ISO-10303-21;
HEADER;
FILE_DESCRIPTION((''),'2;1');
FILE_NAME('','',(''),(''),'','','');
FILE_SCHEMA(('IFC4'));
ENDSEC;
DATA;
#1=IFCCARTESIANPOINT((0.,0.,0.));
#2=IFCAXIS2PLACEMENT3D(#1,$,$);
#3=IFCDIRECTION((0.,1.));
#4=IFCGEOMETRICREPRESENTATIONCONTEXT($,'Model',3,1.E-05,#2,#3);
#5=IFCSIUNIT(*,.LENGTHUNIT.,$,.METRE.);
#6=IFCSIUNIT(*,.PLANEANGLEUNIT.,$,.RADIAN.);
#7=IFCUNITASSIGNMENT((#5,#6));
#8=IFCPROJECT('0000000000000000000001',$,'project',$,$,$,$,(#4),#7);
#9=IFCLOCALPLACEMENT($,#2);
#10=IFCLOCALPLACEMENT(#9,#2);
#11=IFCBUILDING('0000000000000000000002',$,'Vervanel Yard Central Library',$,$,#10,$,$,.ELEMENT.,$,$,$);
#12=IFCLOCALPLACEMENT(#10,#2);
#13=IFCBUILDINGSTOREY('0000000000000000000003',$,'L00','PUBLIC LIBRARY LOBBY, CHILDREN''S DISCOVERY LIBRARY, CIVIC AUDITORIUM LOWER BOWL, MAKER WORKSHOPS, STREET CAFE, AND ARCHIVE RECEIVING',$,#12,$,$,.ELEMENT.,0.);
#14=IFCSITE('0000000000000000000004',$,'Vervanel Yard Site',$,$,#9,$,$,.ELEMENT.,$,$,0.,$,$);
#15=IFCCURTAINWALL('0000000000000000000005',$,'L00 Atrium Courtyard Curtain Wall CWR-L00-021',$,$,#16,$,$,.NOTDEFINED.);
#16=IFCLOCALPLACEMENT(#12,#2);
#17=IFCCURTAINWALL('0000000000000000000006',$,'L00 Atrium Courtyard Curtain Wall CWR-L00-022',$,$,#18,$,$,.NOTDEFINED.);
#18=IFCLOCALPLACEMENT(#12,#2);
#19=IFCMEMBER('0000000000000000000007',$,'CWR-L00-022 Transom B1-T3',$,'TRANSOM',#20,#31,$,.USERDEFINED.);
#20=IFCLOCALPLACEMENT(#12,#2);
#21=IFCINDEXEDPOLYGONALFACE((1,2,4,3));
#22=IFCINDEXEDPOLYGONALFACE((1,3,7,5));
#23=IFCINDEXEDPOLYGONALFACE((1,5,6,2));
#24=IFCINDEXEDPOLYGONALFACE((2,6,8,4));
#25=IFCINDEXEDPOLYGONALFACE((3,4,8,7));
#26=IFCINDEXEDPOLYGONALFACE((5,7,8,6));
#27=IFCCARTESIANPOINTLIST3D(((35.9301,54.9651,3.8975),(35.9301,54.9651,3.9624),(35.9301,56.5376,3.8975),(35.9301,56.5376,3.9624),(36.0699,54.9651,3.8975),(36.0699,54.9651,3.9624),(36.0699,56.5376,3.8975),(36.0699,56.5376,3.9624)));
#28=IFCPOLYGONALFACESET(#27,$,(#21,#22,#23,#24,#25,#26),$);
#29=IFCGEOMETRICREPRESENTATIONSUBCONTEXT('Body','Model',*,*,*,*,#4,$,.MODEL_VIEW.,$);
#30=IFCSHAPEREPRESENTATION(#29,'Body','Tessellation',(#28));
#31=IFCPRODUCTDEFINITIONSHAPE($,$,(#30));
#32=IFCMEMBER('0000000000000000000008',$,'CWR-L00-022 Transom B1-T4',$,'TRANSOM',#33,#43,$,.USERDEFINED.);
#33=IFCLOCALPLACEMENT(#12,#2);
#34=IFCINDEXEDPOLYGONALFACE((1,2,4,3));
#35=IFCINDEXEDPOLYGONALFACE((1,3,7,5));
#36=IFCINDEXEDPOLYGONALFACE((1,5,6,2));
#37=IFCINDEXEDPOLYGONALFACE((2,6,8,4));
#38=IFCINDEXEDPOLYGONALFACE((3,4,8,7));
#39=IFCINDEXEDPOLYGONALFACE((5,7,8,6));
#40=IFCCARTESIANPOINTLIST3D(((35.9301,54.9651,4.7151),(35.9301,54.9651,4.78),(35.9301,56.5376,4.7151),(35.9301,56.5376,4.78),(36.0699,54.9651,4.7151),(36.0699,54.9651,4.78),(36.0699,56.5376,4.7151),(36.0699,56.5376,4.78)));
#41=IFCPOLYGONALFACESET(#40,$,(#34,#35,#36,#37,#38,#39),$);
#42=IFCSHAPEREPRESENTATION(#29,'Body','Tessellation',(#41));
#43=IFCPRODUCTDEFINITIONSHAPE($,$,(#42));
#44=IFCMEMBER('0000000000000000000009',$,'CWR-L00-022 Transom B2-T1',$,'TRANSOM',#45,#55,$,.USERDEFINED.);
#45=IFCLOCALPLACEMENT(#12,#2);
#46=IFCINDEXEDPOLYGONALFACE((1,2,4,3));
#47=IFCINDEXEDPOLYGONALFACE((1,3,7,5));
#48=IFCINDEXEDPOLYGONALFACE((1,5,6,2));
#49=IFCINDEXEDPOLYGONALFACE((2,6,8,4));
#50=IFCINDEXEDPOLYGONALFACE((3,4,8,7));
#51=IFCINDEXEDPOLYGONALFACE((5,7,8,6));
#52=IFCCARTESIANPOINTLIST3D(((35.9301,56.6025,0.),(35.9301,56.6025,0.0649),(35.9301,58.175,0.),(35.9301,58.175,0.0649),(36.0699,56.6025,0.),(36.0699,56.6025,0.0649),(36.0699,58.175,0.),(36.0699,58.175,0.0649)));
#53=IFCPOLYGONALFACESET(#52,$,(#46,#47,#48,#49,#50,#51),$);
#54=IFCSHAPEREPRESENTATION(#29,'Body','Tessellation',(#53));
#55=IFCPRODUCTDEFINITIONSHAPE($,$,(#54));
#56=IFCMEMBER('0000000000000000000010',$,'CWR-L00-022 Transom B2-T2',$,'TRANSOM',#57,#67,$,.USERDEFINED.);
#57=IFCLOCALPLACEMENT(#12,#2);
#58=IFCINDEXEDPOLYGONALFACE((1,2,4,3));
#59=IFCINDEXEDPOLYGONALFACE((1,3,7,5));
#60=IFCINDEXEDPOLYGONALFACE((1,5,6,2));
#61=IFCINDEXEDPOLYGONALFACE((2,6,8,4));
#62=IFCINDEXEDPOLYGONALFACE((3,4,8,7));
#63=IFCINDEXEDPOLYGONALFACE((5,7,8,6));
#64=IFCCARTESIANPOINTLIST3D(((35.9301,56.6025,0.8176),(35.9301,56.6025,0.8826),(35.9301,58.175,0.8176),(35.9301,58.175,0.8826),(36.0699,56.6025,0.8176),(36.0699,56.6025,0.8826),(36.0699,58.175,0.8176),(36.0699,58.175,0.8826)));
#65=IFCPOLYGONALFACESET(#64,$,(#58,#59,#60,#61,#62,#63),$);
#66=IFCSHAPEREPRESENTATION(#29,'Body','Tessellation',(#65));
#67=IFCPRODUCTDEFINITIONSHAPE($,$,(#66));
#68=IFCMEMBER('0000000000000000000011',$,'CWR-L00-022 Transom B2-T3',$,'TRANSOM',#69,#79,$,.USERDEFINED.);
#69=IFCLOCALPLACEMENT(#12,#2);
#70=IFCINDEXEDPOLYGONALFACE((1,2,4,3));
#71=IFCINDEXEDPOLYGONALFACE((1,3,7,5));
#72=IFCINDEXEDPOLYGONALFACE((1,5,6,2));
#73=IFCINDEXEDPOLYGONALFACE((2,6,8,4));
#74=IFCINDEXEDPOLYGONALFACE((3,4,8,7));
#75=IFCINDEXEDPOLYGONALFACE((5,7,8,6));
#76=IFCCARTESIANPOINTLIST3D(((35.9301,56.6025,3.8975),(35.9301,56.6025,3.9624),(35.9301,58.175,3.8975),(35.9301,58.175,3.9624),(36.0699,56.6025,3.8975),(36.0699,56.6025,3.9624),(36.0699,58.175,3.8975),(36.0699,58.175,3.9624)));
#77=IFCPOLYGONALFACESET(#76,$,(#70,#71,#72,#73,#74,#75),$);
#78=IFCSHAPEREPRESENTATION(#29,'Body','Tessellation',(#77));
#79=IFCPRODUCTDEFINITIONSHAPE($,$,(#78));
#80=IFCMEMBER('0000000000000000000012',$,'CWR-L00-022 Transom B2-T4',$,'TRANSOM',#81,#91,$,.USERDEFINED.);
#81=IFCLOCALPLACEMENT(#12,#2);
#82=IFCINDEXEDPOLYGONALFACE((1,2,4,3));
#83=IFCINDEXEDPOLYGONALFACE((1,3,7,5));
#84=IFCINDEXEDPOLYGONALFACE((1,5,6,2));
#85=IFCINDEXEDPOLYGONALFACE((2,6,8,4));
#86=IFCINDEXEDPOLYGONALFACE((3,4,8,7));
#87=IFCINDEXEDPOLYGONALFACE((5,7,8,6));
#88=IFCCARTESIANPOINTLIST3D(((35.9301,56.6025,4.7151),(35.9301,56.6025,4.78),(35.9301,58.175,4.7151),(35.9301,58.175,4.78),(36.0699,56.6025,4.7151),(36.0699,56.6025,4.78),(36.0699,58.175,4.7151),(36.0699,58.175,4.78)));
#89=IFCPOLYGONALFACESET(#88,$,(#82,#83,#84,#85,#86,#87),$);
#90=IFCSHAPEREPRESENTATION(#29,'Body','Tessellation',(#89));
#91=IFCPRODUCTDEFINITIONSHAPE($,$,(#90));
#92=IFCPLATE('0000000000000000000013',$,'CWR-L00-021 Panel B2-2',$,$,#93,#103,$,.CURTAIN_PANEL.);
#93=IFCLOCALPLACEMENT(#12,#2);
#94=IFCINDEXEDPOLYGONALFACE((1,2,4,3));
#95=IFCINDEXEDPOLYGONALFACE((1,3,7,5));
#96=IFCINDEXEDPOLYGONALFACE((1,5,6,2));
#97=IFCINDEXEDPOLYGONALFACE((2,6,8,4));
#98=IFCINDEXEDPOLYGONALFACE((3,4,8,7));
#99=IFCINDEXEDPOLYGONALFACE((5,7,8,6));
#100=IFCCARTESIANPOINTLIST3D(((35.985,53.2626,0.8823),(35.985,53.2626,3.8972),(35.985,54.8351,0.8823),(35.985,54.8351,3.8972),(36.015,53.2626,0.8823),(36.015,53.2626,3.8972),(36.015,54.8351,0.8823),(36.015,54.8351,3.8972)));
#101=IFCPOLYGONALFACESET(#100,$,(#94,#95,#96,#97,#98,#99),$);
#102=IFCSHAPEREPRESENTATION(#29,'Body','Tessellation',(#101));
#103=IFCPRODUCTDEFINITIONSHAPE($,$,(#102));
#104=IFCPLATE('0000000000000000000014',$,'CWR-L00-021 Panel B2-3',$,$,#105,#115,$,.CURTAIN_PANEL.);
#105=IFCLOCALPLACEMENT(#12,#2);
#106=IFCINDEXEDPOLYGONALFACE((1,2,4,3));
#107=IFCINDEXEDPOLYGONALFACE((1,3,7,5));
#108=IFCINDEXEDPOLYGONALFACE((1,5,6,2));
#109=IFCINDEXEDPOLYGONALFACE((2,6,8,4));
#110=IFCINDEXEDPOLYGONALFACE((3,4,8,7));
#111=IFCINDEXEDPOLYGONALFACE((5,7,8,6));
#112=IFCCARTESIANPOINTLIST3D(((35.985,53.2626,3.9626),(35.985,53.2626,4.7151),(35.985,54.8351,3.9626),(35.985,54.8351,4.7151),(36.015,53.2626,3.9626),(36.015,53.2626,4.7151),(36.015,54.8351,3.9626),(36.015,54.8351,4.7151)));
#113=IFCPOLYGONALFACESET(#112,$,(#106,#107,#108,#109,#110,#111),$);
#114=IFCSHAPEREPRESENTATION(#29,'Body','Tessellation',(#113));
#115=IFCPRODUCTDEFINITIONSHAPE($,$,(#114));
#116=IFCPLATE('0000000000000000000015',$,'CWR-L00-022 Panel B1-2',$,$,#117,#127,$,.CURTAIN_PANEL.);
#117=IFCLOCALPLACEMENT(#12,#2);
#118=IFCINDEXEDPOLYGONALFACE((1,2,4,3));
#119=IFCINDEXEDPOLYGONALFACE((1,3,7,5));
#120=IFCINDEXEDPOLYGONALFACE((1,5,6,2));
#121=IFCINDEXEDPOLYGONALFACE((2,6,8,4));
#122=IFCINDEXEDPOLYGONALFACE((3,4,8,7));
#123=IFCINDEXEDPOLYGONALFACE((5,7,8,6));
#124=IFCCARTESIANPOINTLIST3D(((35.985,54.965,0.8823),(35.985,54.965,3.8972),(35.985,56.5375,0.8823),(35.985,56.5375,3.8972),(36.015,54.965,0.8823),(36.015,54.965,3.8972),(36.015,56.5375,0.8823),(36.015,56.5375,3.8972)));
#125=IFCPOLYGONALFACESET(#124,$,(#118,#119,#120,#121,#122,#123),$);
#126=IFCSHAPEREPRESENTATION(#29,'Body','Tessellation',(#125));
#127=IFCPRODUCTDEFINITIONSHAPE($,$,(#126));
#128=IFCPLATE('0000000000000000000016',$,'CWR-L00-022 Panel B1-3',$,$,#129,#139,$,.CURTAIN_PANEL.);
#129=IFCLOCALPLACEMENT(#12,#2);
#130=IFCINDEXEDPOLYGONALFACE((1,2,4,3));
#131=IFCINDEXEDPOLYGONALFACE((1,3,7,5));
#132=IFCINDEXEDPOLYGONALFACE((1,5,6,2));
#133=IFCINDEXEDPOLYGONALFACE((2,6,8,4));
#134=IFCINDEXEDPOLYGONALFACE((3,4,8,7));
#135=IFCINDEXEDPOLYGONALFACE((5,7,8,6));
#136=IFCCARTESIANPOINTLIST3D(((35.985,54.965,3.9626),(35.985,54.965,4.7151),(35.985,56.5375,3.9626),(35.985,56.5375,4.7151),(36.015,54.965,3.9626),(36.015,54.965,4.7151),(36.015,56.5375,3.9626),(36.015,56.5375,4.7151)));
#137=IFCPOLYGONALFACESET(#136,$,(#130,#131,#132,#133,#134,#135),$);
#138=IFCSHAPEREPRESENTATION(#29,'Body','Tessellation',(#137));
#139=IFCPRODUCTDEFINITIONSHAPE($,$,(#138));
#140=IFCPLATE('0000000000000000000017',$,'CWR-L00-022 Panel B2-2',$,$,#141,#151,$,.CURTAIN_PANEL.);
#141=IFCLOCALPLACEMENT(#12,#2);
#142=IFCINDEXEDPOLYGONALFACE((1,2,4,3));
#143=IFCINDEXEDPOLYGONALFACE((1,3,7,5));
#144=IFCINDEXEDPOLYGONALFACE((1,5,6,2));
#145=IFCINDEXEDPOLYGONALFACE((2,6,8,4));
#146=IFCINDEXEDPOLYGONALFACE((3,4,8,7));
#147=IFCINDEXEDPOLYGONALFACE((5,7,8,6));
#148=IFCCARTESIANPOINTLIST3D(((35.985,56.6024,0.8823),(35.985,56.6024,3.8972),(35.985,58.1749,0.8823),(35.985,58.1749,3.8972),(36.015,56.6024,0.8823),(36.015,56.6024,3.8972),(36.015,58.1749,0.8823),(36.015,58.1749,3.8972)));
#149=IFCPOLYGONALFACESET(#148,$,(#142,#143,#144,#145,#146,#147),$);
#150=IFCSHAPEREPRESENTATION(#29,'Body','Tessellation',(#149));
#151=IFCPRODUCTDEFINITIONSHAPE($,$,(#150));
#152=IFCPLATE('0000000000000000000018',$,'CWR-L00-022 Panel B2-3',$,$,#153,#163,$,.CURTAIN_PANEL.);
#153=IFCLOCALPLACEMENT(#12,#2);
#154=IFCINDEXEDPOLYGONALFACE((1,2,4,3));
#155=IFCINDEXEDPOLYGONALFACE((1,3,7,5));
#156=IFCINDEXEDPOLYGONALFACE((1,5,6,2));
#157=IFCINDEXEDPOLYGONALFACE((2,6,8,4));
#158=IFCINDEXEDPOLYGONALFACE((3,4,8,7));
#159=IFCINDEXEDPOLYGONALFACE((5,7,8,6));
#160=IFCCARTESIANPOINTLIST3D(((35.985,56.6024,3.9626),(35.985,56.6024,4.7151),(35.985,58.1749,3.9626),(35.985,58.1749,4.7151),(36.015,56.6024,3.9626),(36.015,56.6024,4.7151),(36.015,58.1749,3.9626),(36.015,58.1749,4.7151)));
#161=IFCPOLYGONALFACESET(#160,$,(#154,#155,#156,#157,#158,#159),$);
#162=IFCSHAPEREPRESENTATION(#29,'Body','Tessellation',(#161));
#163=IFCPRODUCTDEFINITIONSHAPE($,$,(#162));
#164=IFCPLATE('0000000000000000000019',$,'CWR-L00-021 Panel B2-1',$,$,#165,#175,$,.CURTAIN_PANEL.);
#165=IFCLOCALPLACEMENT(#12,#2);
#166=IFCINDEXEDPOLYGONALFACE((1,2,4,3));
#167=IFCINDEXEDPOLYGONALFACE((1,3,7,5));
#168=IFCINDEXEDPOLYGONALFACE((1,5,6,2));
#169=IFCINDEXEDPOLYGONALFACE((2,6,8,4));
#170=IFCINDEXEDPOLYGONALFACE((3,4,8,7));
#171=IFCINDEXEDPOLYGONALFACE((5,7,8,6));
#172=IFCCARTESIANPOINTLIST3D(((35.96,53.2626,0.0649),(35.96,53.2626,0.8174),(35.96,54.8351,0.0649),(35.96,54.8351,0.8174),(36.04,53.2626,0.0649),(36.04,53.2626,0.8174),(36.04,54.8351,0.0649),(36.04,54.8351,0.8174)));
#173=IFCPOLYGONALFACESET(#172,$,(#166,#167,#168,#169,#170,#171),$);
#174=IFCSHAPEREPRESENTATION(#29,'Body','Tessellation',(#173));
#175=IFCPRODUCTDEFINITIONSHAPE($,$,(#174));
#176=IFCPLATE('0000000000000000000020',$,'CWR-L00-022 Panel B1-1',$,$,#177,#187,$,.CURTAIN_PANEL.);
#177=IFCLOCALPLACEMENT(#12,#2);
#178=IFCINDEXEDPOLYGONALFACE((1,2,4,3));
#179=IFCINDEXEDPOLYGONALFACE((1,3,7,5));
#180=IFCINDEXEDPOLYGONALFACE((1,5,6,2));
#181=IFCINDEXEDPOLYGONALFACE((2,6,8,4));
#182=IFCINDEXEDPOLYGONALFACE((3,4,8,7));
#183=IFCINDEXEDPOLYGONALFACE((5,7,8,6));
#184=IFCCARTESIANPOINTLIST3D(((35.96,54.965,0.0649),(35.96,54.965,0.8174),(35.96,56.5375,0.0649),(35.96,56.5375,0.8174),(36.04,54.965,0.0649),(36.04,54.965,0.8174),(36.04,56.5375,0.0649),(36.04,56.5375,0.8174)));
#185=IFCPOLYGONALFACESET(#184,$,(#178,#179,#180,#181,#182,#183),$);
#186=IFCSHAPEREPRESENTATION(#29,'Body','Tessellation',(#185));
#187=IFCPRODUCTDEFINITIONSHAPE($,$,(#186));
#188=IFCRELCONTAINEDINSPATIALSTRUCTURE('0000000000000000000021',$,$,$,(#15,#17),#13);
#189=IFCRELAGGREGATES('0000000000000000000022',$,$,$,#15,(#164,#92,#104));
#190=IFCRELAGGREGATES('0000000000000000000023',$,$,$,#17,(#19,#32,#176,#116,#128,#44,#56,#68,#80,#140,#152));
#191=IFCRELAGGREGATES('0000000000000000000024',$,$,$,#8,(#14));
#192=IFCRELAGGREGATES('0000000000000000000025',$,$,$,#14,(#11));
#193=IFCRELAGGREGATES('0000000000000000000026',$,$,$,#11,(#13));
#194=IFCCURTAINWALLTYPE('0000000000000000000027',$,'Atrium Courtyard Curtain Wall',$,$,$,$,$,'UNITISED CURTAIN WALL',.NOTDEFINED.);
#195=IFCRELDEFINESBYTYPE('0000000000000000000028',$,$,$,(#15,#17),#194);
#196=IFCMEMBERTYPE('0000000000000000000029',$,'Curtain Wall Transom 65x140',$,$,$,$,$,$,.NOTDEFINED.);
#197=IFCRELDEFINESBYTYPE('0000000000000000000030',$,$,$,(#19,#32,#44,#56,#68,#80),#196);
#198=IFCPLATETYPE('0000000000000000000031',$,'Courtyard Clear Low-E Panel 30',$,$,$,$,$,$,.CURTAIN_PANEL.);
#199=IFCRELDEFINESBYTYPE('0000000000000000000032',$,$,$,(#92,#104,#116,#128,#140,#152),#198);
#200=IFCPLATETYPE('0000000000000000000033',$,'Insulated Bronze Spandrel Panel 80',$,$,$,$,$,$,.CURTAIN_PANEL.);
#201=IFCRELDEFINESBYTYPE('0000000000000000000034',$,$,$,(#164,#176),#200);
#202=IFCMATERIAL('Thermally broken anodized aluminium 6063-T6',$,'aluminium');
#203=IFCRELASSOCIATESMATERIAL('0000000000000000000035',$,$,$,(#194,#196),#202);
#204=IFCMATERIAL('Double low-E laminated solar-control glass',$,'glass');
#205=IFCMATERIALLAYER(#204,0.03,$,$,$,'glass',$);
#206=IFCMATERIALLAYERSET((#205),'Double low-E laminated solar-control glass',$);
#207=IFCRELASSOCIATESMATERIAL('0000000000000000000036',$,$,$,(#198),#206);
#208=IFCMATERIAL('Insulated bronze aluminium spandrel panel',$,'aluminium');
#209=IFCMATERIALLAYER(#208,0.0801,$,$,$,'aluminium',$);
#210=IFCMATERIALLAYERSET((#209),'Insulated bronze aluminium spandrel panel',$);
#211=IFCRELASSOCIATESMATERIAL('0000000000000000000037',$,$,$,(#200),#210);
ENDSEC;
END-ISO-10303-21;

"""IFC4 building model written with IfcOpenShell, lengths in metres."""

from ifc_helpers import new_model, si_unit, direction, frame, origin, origin_2d, place, context, subcontext, project, spatial, rectangle, extrude, material, layer, layer_set, material_profile, profile_set, type_object, element, aggregate, save


model = new_model("IFC4")

# Units and contexts
model_context = context("Model", 3, precision=1e-05, world=origin(), true_north=direction((0.0, 1.0)))
body_context = subcontext(model_context, "Body", "Model", "MODEL_VIEW")
ifc_project = project(units=[si_unit("LENGTHUNIT", "METRE"), si_unit("PLANEANGLEUNIT", "RADIAN")], contexts=[model_context])

# Site, building, storey
site_placement = place(None, origin())
site = spatial("IfcSite", under=ifc_project, at=site_placement, Name="Vervanel Yard Site", CompositionType="ELEMENT", RefElevation=0.0)
building_placement = place(site_placement, origin())
building = spatial("IfcBuilding", under=site, at=building_placement, Name="Vervanel Yard Central Library", CompositionType="ELEMENT")
storey_placement = place(building_placement, origin())
storey = spatial("IfcBuildingStorey", under=building, at=storey_placement, Name="L00", Description="PUBLIC LIBRARY LOBBY, CHILDREN'S DISCOVERY LIBRARY, CIVIC AUDITORIUM LOWER BOWL, MAKER WORKSHOPS, STREET CAFE, AND ARCHIVE RECEIVING", CompositionType="ELEMENT", Elevation=0.0)

# Curtain wall
ifc_material_1 = material(Name="Thermally broken anodized aluminium 6063-T6", Category="aluminium")
curtain_wall_type = type_object("IfcCurtainWallType", Name="Atrium Courtyard Curtain Wall", ElementType="UNITISED CURTAIN WALL", PredefinedType="NOTDEFINED", material=ifc_material_1)
curtain_wall_1_placement = place(storey_placement, origin())
curtain_wall_1 = element("IfcCurtainWall", 1, at=curtain_wall_1_placement, inside=storey, type_object=curtain_wall_type, Name="L00 Atrium Courtyard Curtain Wall CWR-L00-021", PredefinedType="NOTDEFINED")

# Curtain wall, members
curtain_wall_2_placement = place(storey_placement, origin())
curtain_wall_2 = element("IfcCurtainWall", 2, at=curtain_wall_2_placement, inside=storey, type_object=curtain_wall_type, Name="L00 Atrium Courtyard Curtain Wall CWR-L00-022", PredefinedType="NOTDEFINED")
ifc_material_profile_1 = material_profile(ifc_material_1, rectangle(XDim=0.0649, YDim=0.1399, at=origin_2d()), Name="ALU 65x140", Category="aluminium")
ifc_profile_set_1 = profile_set([ifc_material_profile_1], Name="Thermally broken anodized aluminium 6063-T6")
member_type_1 = type_object("IfcMemberType", Name="Curtain Wall Transom 65x140", PredefinedType="NOTDEFINED", material=ifc_profile_set_1)
member_1_placement = place(storey_placement, frame((36.0, 54.9651, 3.9299), z_axis=(0.0, 1.0, 0.0), x_axis=(0.0, 0.0, 1.0)))
member_1 = element("IfcMember", 3, at=member_1_placement, type_object=member_type_1, Name="CWR-L00-022 Transom B1-T3", ObjectType="TRANSOM", PredefinedType="USERDEFINED", context=body_context, shape_type="SweptSolid", body=[
    extrude(rectangle(XDim=0.0649, YDim=0.1399, at=origin_2d()), origin(), (0.0, 0.0, 1.0), 1.5725),
])
member_2_placement = place(storey_placement, frame((36.0, 54.9651, 4.7476), z_axis=(0.0, 1.0, 0.0), x_axis=(0.0, 0.0, 1.0)))
member_2 = element("IfcMember", 4, at=member_2_placement, type_object=member_type_1, Name="CWR-L00-022 Transom B1-T4", ObjectType="TRANSOM", PredefinedType="USERDEFINED", context=body_context, shape_type="SweptSolid", body=[
    extrude(rectangle(XDim=0.0649, YDim=0.1399, at=origin_2d()), origin(), (0.0, 0.0, 1.0), 1.5725),
])
member_3_placement = place(storey_placement, frame((36.0, 56.6025, 0.0325), z_axis=(0.0, 1.0, 0.0), x_axis=(0.0, 0.0, 1.0)))
member_3 = element("IfcMember", 5, at=member_3_placement, type_object=member_type_1, Name="CWR-L00-022 Transom B2-T1", ObjectType="TRANSOM", PredefinedType="USERDEFINED", context=body_context, shape_type="SweptSolid", body=[
    extrude(rectangle(XDim=0.0649, YDim=0.1399, at=origin_2d()), origin(), (0.0, 0.0, 1.0), 1.5725),
])
member_4_placement = place(storey_placement, frame((36.0, 56.6025, 0.8501), z_axis=(0.0, 1.0, 0.0), x_axis=(0.0, 0.0, 1.0)))
member_4 = element("IfcMember", 6, at=member_4_placement, type_object=member_type_1, Name="CWR-L00-022 Transom B2-T2", ObjectType="TRANSOM", PredefinedType="USERDEFINED", context=body_context, shape_type="SweptSolid", body=[
    extrude(rectangle(XDim=0.0649, YDim=0.1399, at=origin_2d()), origin(), (0.0, 0.0, 1.0), 1.5725),
])
member_5_placement = place(storey_placement, frame((36.0, 56.6025, 3.9299), z_axis=(0.0, 1.0, 0.0), x_axis=(0.0, 0.0, 1.0)))
member_5 = element("IfcMember", 7, at=member_5_placement, type_object=member_type_1, Name="CWR-L00-022 Transom B2-T3", ObjectType="TRANSOM", PredefinedType="USERDEFINED", context=body_context, shape_type="SweptSolid", body=[
    extrude(rectangle(XDim=0.0649, YDim=0.1399, at=origin_2d()), origin(), (0.0, 0.0, 1.0), 1.5725),
])
member_6_placement = place(storey_placement, frame((36.0, 56.6025, 4.7476), z_axis=(0.0, 1.0, 0.0), x_axis=(0.0, 0.0, 1.0)))
member_6 = element("IfcMember", 8, at=member_6_placement, type_object=member_type_1, Name="CWR-L00-022 Transom B2-T4", ObjectType="TRANSOM", PredefinedType="USERDEFINED", context=body_context, shape_type="SweptSolid", body=[
    extrude(rectangle(XDim=0.0649, YDim=0.1399, at=origin_2d()), origin(), (0.0, 0.0, 1.0), 1.5725),
])

# Plates
ifc_material_2 = material(Name="Double low-E laminated solar-control glass", Category="glass")
ifc_layer_1 = layer(ifc_material_2, 0.03, Category="glass")
ifc_layer_set_1 = layer_set([ifc_layer_1], Name="Double low-E laminated solar-control glass")
plate_type_1 = type_object("IfcPlateType", Name="Courtyard Clear Low-E Panel 30", PredefinedType="CURTAIN_PANEL", material=ifc_layer_set_1)
plate_1_placement = place(storey_placement, frame((36.0, 54.0488, 0.8823), z_axis=(0.0, 0.0, 1.0), x_axis=(0.0, 1.0, 0.0)))
plate_1 = element("IfcPlate", 9, at=plate_1_placement, type_object=plate_type_1, Name="CWR-L00-021 Panel B2-2", PredefinedType="CURTAIN_PANEL", context=body_context, shape_type="SweptSolid", body=[
    extrude(rectangle(XDim=1.5725, YDim=0.03, at=origin_2d()), origin(), (0.0, 0.0, 1.0), 3.0149),
])
plate_2_placement = place(storey_placement, frame((36.0, 54.0488, 3.9626), z_axis=(0.0, 0.0, 1.0), x_axis=(0.0, 1.0, 0.0)))
plate_2 = element("IfcPlate", 10, at=plate_2_placement, type_object=plate_type_1, Name="CWR-L00-021 Panel B2-3", PredefinedType="CURTAIN_PANEL", context=body_context, shape_type="SweptSolid", body=[
    extrude(rectangle(XDim=1.5725, YDim=0.03, at=origin_2d()), origin(), (0.0, 0.0, 1.0), 0.7524),
])
plate_3_placement = place(storey_placement, frame((36.0, 55.7512, 0.8823), z_axis=(0.0, 0.0, 1.0), x_axis=(0.0, 1.0, 0.0)))
plate_3 = element("IfcPlate", 11, at=plate_3_placement, type_object=plate_type_1, Name="CWR-L00-022 Panel B1-2", PredefinedType="CURTAIN_PANEL", context=body_context, shape_type="SweptSolid", body=[
    extrude(rectangle(XDim=1.5725, YDim=0.03, at=origin_2d()), origin(), (0.0, 0.0, 1.0), 3.0149),
])
plate_4_placement = place(storey_placement, frame((36.0, 55.7512, 3.9626), z_axis=(0.0, 0.0, 1.0), x_axis=(0.0, 1.0, 0.0)))
plate_4 = element("IfcPlate", 12, at=plate_4_placement, type_object=plate_type_1, Name="CWR-L00-022 Panel B1-3", PredefinedType="CURTAIN_PANEL", context=body_context, shape_type="SweptSolid", body=[
    extrude(rectangle(XDim=1.5725, YDim=0.03, at=origin_2d()), origin(), (0.0, 0.0, 1.0), 0.7524),
])
plate_5_placement = place(storey_placement, frame((36.0, 57.3887, 0.8823), z_axis=(0.0, 0.0, 1.0), x_axis=(0.0, 1.0, 0.0)))
plate_5 = element("IfcPlate", 13, at=plate_5_placement, type_object=plate_type_1, Name="CWR-L00-022 Panel B2-2", PredefinedType="CURTAIN_PANEL", context=body_context, shape_type="SweptSolid", body=[
    extrude(rectangle(XDim=1.5725, YDim=0.03, at=origin_2d()), origin(), (0.0, 0.0, 1.0), 3.0149),
])
plate_6_placement = place(storey_placement, frame((36.0, 57.3887, 3.9626), z_axis=(0.0, 0.0, 1.0), x_axis=(0.0, 1.0, 0.0)))
plate_6 = element("IfcPlate", 14, at=plate_6_placement, type_object=plate_type_1, Name="CWR-L00-022 Panel B2-3", PredefinedType="CURTAIN_PANEL", context=body_context, shape_type="SweptSolid", body=[
    extrude(rectangle(XDim=1.5725, YDim=0.03, at=origin_2d()), origin(), (0.0, 0.0, 1.0), 0.7524),
])
ifc_material_3 = material(Name="Insulated bronze aluminium spandrel panel", Category="aluminium")
ifc_layer_2 = layer(ifc_material_3, 0.0801, Category="aluminium")
ifc_layer_set_2 = layer_set([ifc_layer_2], Name="Insulated bronze aluminium spandrel panel")
plate_type_2 = type_object("IfcPlateType", Name="Insulated Bronze Spandrel Panel 80", PredefinedType="CURTAIN_PANEL", material=ifc_layer_set_2)
plate_7_placement = place(storey_placement, frame((36.0, 54.0488, 0.0649), z_axis=(0.0, 0.0, 1.0), x_axis=(0.0, 1.0, 0.0)))
plate_7 = element("IfcPlate", 15, at=plate_7_placement, type_object=plate_type_2, Name="CWR-L00-021 Panel B2-1", PredefinedType="CURTAIN_PANEL", context=body_context, shape_type="SweptSolid", body=[
    extrude(rectangle(XDim=1.5725, YDim=0.0801, at=origin_2d()), origin(), (0.0, 0.0, 1.0), 0.7524),
])
aggregate(curtain_wall_1, [plate_7, plate_1, plate_2])
plate_8_placement = place(storey_placement, frame((36.0, 55.7512, 0.0649), z_axis=(0.0, 0.0, 1.0), x_axis=(0.0, 1.0, 0.0)))
plate_8 = element("IfcPlate", 16, at=plate_8_placement, type_object=plate_type_2, Name="CWR-L00-022 Panel B1-1", PredefinedType="CURTAIN_PANEL", context=body_context, shape_type="SweptSolid", body=[
    extrude(rectangle(XDim=1.5725, YDim=0.0801, at=origin_2d()), origin(), (0.0, 0.0, 1.0), 0.7524),
])
aggregate(curtain_wall_2, [member_1, member_2, plate_8, plate_3, plate_4, member_3, member_4, member_5, member_6, plate_5, plate_6])

save(model, "model.ifc")
